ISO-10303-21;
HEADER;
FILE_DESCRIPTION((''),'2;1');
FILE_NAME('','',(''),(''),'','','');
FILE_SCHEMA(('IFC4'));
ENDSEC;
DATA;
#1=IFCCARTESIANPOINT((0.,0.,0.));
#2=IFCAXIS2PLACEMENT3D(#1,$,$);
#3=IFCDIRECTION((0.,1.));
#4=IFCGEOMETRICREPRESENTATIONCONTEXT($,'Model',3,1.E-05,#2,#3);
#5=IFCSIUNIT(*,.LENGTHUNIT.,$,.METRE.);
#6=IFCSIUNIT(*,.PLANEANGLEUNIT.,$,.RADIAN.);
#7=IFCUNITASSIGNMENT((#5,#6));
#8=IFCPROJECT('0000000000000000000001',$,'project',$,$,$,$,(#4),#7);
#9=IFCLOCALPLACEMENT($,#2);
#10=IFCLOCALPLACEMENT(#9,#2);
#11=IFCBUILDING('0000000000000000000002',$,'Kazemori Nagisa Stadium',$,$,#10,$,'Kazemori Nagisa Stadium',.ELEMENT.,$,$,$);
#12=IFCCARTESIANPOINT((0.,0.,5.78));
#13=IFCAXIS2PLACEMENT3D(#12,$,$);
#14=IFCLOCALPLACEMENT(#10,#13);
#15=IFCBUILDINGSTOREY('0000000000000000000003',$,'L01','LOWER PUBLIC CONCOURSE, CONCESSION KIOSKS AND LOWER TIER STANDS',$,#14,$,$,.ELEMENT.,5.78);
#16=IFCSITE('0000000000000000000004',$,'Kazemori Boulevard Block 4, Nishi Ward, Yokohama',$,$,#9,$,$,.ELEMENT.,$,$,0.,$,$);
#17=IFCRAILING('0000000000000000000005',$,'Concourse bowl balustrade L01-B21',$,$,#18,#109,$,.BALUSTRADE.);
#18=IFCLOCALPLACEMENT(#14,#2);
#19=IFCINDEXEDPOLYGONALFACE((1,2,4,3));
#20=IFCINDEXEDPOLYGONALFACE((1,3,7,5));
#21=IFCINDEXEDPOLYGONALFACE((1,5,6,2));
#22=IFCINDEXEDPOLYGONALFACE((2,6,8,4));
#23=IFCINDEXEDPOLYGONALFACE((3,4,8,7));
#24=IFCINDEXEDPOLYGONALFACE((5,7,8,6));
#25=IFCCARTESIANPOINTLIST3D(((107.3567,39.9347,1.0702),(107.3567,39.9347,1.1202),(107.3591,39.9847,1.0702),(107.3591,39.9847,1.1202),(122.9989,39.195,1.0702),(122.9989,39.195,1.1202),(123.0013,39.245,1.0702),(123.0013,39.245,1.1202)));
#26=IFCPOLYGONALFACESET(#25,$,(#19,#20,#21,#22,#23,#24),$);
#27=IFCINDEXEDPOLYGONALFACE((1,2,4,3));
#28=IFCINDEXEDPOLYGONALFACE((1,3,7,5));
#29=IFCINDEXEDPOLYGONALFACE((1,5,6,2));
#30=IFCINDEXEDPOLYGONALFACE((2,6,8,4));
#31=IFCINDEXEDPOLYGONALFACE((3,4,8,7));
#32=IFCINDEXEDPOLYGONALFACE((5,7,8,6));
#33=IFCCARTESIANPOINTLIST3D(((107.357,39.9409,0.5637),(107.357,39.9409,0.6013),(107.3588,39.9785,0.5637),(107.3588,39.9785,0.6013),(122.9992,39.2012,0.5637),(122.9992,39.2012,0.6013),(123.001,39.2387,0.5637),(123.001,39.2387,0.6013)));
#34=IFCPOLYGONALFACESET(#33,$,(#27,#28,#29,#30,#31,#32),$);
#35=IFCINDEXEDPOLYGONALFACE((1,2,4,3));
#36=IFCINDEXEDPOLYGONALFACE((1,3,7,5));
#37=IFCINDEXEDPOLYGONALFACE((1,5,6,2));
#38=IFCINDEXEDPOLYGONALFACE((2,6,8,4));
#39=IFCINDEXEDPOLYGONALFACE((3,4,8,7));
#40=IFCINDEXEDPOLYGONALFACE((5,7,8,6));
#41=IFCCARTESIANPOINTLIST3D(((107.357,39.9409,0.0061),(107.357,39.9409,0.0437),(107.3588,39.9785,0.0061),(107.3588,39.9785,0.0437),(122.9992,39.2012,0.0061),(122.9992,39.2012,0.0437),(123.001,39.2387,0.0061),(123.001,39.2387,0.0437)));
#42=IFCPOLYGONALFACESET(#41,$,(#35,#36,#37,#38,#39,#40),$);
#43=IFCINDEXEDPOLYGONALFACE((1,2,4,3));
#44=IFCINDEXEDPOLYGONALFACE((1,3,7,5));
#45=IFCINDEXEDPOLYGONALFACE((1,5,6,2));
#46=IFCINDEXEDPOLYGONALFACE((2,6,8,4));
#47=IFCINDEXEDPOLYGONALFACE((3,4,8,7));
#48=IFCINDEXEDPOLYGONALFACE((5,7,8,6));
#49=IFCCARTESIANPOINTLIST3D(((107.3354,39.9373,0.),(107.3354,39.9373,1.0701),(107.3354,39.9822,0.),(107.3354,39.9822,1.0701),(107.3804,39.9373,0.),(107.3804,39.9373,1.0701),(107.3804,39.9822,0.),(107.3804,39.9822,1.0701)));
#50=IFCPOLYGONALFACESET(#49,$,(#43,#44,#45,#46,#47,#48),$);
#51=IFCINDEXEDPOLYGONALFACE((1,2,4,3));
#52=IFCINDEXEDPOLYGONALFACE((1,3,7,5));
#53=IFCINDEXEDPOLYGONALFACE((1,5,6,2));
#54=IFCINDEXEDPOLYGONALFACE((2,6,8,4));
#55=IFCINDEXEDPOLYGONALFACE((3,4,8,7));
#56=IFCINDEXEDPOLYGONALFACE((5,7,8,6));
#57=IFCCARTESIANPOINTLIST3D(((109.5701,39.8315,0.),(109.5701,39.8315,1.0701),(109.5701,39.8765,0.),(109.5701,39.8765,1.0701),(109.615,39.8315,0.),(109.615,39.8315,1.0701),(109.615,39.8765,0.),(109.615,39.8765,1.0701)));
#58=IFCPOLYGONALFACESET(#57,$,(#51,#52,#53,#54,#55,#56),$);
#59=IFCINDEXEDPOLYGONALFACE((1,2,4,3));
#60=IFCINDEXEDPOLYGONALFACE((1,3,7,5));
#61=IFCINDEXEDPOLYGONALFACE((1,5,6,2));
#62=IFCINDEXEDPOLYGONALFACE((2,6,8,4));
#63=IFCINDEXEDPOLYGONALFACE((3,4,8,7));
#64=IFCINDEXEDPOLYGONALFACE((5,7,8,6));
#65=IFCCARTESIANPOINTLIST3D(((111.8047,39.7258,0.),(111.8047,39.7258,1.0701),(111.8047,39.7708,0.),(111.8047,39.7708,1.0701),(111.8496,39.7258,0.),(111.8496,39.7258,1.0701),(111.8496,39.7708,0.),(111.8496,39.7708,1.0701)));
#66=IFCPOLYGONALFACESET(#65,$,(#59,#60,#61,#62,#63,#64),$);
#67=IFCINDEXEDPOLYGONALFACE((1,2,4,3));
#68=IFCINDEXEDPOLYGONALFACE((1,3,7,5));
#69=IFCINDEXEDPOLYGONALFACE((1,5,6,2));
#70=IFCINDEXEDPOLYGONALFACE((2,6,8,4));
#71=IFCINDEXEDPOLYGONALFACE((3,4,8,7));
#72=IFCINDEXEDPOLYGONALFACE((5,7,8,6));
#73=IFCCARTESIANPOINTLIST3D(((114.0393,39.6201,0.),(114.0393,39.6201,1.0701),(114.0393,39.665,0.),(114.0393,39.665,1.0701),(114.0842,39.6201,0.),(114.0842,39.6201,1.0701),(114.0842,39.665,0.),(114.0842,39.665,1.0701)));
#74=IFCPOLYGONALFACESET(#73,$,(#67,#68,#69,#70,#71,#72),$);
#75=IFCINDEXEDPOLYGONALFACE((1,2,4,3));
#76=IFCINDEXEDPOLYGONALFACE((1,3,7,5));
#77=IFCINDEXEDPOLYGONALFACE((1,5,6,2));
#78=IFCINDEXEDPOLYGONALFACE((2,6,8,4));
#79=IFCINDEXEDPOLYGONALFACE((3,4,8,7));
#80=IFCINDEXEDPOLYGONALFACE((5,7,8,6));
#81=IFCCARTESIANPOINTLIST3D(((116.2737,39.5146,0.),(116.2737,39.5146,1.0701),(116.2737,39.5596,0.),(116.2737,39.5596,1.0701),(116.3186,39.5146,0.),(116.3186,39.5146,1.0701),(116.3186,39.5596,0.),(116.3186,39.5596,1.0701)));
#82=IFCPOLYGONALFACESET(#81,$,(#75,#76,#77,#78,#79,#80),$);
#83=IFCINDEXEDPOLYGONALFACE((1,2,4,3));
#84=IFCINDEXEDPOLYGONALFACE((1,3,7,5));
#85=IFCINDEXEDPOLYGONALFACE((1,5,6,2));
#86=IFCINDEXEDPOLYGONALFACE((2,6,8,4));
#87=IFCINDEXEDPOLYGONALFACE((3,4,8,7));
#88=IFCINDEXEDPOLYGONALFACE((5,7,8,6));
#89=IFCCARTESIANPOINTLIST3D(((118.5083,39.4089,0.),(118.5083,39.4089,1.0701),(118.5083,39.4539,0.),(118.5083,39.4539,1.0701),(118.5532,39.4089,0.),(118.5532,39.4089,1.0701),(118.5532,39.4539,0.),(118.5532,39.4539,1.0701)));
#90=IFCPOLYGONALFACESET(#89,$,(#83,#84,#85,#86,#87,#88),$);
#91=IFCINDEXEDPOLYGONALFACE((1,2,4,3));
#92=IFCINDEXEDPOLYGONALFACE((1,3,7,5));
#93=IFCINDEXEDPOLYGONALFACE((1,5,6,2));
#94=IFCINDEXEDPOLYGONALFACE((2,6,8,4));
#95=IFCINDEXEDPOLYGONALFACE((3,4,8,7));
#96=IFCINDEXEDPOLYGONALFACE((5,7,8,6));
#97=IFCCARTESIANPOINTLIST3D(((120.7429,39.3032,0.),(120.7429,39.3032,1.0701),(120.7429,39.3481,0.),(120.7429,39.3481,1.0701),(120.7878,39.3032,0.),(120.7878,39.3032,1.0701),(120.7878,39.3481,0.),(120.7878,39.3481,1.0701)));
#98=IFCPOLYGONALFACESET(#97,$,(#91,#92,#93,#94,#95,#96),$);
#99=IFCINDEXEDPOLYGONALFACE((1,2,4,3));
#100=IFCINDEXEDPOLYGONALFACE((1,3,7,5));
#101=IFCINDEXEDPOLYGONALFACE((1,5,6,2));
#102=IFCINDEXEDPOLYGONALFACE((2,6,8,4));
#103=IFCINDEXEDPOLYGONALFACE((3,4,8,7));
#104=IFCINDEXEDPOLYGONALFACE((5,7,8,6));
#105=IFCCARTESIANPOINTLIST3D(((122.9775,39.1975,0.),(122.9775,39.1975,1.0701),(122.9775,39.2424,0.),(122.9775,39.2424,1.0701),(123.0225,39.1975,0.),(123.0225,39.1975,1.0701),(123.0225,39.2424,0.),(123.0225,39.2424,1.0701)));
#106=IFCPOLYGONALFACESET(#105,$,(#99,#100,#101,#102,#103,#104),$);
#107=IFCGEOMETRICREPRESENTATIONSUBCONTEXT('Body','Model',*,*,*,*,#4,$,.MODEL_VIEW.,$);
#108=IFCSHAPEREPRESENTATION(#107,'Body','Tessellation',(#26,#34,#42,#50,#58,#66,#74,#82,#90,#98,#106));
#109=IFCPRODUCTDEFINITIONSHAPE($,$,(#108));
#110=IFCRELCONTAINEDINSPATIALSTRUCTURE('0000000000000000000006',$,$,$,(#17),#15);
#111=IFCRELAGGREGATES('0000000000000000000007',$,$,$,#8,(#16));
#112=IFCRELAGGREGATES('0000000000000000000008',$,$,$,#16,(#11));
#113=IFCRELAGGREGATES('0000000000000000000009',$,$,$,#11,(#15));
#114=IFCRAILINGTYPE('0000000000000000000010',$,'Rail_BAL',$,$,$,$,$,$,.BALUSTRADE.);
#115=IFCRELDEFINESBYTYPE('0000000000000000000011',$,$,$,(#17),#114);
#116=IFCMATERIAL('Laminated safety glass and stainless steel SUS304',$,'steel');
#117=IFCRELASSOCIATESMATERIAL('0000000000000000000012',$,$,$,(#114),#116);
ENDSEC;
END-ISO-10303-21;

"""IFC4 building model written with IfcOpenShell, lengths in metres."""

from ifc_helpers import new_model, si_unit, direction, frame, origin, origin_2d, place, context, subcontext, project, spatial, rectangle, extrude, material, type_object, element, save


model = new_model("IFC4")

# Units and contexts
model_context = context("Model", 3, precision=1e-05, world=origin(), true_north=direction((0.0, 1.0)))
body_context = subcontext(model_context, "Body", "Model", "MODEL_VIEW")
ifc_project = project(units=[si_unit("LENGTHUNIT", "METRE"), si_unit("PLANEANGLEUNIT", "RADIAN")], contexts=[model_context])

# Site, building, storey
site_placement = place(None, origin())
site = spatial("IfcSite", under=ifc_project, at=site_placement, Name="Kazemori Boulevard Block 4, Nishi Ward, Yokohama", CompositionType="ELEMENT", RefElevation=0.0)
building_placement = place(site_placement, origin())
building = spatial("IfcBuilding", under=site, at=building_placement, Name="Kazemori Nagisa Stadium", LongName="Kazemori Nagisa Stadium", CompositionType="ELEMENT")
storey_placement = place(building_placement, frame((0.0, 0.0, 5.78)))
storey = spatial("IfcBuildingStorey", under=building, at=storey_placement, Name="L01", Description="LOWER PUBLIC CONCOURSE, CONCESSION KIOSKS AND LOWER TIER STANDS", CompositionType="ELEMENT", Elevation=5.78)

# Railing
ifc_material_1 = material(Name="Laminated safety glass and stainless steel SUS304", Category="steel")
railing_type_1 = type_object("IfcRailingType", Name="Rail_BAL", PredefinedType="BALUSTRADE", material=ifc_material_1)
railing_1_placement = place(storey_placement, frame((107.3579, 39.9597, 0.0)))
element("IfcRailing", 1, at=railing_1_placement, inside=storey, type_object=railing_type_1, Name="Concourse bowl balustrade L01-B21", PredefinedType="BALUSTRADE", context=body_context, shape_type="SweptSolid", body=[
    extrude(rectangle(XDim=0.05, YDim=0.05, at=origin_2d()), frame((0.0, 0.0, 1.0952), z_axis=(0.998884, -0.047239, 0.0), x_axis=(0.047239, 0.998884, 0.0)), (0.0, 0.0, 1.0), 15.6597),
    extrude(rectangle(XDim=0.0376, YDim=0.0376, at=origin_2d()), frame((0.0, 0.0, 0.5825), z_axis=(0.998884, -0.047239, 0.0), x_axis=(0.047239, 0.998884, 0.0)), (0.0, 0.0, 1.0), 15.6597),
    extrude(rectangle(XDim=0.0376, YDim=0.0376, at=origin_2d()), frame((0.0, 0.0, 0.0249), z_axis=(0.998884, -0.047239, 0.0), x_axis=(0.047239, 0.998884, 0.0)), (0.0, 0.0, 1.0), 15.6597),
    extrude(rectangle(XDim=0.0449, YDim=0.0449, at=origin_2d()), origin(), (0.0, 0.0, 1.0), 1.0701),
    extrude(rectangle(XDim=0.0449, YDim=0.0449, at=origin_2d()), frame((2.2346, -0.1057, 0.0)), (0.0, 0.0, 1.0), 1.0701),
    extrude(rectangle(XDim=0.0449, YDim=0.0449, at=origin_2d()), frame((4.4692, -0.2114, 0.0)), (0.0, 0.0, 1.0), 1.0701),
    extrude(rectangle(XDim=0.0449, YDim=0.0449, at=origin_2d()), frame((6.7039, -0.3171, 0.0)), (0.0, 0.0, 1.0), 1.0701),
    extrude(rectangle(XDim=0.0449, YDim=0.0449, at=origin_2d()), frame((8.9382, -0.4226, 0.0)), (0.0, 0.0, 1.0), 1.0701),
    extrude(rectangle(XDim=0.0449, YDim=0.0449, at=origin_2d()), frame((11.1729, -0.5283, 0.0)), (0.0, 0.0, 1.0), 1.0701),
    extrude(rectangle(XDim=0.0449, YDim=0.0449, at=origin_2d()), frame((13.4075, -0.634, 0.0)), (0.0, 0.0, 1.0), 1.0701),
    extrude(rectangle(XDim=0.0449, YDim=0.0449, at=origin_2d()), frame((15.6421, -0.7397, 0.0)), (0.0, 0.0, 1.0), 1.0701),
])

save(model, "model.ifc")
